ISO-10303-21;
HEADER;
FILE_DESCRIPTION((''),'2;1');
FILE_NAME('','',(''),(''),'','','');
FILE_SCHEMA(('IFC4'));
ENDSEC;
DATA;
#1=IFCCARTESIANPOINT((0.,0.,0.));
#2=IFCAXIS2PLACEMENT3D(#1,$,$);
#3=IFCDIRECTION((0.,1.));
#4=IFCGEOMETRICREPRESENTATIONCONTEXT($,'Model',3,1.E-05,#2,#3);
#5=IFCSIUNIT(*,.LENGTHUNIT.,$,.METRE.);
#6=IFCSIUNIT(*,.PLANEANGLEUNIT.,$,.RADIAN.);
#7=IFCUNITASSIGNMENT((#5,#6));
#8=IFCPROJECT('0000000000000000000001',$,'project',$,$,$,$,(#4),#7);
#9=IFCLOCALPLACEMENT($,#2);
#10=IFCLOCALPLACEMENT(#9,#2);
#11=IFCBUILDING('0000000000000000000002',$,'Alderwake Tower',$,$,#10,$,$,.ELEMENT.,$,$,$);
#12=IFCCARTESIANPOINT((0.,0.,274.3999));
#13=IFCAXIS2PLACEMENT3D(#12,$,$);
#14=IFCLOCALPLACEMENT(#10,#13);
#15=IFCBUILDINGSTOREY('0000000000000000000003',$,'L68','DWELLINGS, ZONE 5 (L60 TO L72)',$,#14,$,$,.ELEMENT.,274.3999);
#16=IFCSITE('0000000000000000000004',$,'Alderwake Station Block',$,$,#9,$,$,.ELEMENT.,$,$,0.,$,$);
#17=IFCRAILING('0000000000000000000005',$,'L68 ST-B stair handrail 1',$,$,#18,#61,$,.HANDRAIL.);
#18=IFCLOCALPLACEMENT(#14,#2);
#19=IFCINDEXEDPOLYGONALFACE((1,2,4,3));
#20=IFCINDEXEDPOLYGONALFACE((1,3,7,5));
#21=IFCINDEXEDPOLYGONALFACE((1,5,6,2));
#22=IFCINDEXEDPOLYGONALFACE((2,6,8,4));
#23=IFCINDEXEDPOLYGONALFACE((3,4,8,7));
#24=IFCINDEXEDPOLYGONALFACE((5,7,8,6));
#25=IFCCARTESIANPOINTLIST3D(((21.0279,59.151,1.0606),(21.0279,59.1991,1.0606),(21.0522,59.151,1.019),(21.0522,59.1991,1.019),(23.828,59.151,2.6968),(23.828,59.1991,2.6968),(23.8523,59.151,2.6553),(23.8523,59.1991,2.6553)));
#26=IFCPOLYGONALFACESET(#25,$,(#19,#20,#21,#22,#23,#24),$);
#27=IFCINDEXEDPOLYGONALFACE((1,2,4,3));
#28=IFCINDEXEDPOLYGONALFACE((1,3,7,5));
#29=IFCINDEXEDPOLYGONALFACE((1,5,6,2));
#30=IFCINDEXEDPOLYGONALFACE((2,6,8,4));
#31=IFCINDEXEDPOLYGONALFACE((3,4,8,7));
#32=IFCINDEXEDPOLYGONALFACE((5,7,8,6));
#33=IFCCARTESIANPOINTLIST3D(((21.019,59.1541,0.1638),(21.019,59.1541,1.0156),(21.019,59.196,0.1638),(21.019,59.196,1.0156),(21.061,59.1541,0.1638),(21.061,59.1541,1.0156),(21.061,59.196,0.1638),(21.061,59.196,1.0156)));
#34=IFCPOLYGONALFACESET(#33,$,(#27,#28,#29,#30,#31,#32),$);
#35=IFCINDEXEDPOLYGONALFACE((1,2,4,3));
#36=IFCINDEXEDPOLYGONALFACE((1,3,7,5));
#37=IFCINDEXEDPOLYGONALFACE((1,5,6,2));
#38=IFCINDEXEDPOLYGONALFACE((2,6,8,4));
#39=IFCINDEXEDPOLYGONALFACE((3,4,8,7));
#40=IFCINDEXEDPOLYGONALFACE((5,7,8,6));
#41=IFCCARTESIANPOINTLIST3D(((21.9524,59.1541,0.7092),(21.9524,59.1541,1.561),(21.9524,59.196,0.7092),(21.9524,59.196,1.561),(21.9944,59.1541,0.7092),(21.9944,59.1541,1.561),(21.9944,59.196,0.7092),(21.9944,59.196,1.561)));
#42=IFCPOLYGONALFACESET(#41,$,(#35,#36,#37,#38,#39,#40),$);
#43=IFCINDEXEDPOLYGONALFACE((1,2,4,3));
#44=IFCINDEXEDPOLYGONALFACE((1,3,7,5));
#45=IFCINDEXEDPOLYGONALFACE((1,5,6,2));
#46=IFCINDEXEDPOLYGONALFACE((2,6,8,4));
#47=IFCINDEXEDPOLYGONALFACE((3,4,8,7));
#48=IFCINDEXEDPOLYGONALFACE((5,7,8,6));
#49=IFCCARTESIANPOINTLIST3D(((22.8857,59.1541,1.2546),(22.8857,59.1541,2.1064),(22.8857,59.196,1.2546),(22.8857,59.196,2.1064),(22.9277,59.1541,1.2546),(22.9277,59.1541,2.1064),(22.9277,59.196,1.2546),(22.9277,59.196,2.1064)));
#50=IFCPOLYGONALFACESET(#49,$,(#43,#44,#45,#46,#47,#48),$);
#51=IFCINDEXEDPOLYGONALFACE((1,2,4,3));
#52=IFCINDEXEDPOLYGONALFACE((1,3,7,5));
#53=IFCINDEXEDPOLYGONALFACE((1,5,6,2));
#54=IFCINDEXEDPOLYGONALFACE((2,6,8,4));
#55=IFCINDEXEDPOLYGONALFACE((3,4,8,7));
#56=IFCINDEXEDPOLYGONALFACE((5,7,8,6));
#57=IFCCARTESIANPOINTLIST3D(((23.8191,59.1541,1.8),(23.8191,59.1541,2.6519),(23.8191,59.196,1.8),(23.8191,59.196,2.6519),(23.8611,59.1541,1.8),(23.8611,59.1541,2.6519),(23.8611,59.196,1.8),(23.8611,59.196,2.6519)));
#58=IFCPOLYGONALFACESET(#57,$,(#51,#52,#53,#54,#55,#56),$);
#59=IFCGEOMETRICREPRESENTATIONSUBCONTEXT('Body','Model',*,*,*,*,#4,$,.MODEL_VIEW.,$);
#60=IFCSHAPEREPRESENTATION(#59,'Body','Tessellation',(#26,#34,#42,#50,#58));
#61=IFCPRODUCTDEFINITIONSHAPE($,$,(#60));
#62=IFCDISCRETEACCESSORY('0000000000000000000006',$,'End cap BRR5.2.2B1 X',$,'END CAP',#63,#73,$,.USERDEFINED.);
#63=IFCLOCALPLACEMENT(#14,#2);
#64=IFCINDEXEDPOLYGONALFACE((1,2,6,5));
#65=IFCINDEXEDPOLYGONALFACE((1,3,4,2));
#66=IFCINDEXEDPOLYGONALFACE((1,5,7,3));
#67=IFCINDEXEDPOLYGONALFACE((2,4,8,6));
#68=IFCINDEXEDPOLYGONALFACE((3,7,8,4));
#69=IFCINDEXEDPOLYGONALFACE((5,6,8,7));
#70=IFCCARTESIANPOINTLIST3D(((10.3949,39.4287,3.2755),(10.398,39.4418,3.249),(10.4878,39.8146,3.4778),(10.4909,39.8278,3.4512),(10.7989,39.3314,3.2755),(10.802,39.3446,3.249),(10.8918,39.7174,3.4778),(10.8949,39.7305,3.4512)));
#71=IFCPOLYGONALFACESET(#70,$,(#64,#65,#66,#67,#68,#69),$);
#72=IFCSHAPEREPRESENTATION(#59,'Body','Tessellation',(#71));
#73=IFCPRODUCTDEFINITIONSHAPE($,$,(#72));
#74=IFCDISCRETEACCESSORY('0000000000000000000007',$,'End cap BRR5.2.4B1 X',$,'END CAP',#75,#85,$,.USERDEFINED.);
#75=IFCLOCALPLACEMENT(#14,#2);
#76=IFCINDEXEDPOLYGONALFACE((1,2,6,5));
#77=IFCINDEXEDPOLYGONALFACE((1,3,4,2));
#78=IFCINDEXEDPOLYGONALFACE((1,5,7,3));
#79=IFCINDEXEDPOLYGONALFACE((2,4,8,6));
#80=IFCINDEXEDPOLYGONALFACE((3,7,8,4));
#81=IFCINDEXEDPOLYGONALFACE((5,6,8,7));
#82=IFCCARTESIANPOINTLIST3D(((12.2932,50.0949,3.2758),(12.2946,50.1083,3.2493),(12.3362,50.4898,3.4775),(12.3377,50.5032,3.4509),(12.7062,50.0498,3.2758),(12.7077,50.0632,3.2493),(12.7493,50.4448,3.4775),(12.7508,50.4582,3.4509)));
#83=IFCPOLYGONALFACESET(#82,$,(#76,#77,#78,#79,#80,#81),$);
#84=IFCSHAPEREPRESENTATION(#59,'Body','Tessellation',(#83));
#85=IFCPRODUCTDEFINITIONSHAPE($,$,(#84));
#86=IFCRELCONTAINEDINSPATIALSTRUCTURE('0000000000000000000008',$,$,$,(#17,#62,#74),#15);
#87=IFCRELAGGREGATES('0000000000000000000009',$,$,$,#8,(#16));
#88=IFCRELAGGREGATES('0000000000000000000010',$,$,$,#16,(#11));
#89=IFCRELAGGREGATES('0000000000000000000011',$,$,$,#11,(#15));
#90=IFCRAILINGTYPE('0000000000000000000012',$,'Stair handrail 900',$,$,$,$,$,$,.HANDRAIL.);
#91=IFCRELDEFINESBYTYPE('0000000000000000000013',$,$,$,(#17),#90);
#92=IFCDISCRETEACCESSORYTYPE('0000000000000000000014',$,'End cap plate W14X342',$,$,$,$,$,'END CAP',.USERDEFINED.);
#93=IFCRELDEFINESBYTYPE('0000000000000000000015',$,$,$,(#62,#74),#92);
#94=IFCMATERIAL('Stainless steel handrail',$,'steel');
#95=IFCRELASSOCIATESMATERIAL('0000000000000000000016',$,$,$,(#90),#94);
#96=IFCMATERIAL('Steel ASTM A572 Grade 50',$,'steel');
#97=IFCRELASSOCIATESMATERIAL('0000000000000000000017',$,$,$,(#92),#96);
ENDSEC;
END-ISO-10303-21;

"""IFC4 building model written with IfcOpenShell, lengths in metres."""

from ifc_helpers import new_model, si_unit, direction, frame, origin, origin_with_axes, origin_2d, place, context, subcontext, project, spatial, rectangle, extrude, material, material_profile, profile_set, type_object, element, save


model = new_model("IFC4")

# Units and contexts
model_context = context("Model", 3, precision=1e-05, world=origin(), true_north=direction((0.0, 1.0)))
body_context = subcontext(model_context, "Body", "Model", "MODEL_VIEW")
ifc_project = project(units=[si_unit("LENGTHUNIT", "METRE"), si_unit("PLANEANGLEUNIT", "RADIAN")], contexts=[model_context])

# Site, building, storey
site_placement = place(None, origin())
site = spatial("IfcSite", under=ifc_project, at=site_placement, Name="Alderwake Station Block", CompositionType="ELEMENT", RefElevation=0.0)
building_placement = place(site_placement, origin())
building = spatial("IfcBuilding", under=site, at=building_placement, Name="Alderwake Tower", CompositionType="ELEMENT")
storey_placement = place(building_placement, frame((0.0, 0.0, 274.3999)))
storey = spatial("IfcBuildingStorey", under=building, at=storey_placement, Name="L68", Description="DWELLINGS, ZONE 5 (L60 TO L72)", CompositionType="ELEMENT", Elevation=274.3999)

# Railing
ifc_material_1 = material(Name="Stainless steel handrail", Category="steel")
railing_type = type_object("IfcRailingType", Name="Stair handrail 900", PredefinedType="HANDRAIL", material=ifc_material_1)
railing_placement = place(storey_placement, frame((21.04, 59.175, 0.1638)))
element("IfcRailing", 1, at=railing_placement, inside=storey, type_object=railing_type, Name="L68 ST-B stair handrail 1", PredefinedType="HANDRAIL", context=body_context, shape_type="SweptSolid", body=[
    extrude(rectangle(XDim=0.0481, YDim=0.0481, at=origin_2d()), frame((0.0, 0.0, 0.876), z_axis=(0.863394, 0.0, 0.504531), x_axis=(0.0, 1.0, 0.0)), (0.0, 0.0, 1.0), 3.2432),
    extrude(rectangle(XDim=0.042, YDim=0.042, at=origin_2d()), origin_with_axes(), (0.0, 0.0, 1.0), 0.8518),
    extrude(rectangle(XDim=0.042, YDim=0.042, at=origin_2d()), frame((0.9333, 0.0, 0.5454), z_axis=(0.0, 0.0, 1.0), x_axis=(1.0, 0.0, 0.0)), (0.0, 0.0, 1.0), 0.8518),
    extrude(rectangle(XDim=0.042, YDim=0.042, at=origin_2d()), frame((1.8667, 0.0, 1.0908), z_axis=(0.0, 0.0, 1.0), x_axis=(1.0, 0.0, 0.0)), (0.0, 0.0, 1.0), 0.8518),
    extrude(rectangle(XDim=0.042, YDim=0.042, at=origin_2d()), frame((2.8, 0.0, 1.6362), z_axis=(0.0, 0.0, 1.0), x_axis=(1.0, 0.0, 0.0)), (0.0, 0.0, 1.0), 0.8518),
])

# Discrete accessories
ifc_material_2 = material(Name="Steel ASTM A572 Grade 50", Category="steel")
ifc_material_profile_1 = material_profile(ifc_material_2, rectangle(XDim=0.4155, YDim=0.4456, at=origin_2d()), Name="W14X342 cap")
ifc_profile_set_1 = profile_set([ifc_material_profile_1], Name="Steel ASTM A572 Grade 50")
discrete_accessory_type = type_object("IfcDiscreteAccessoryType", Name="End cap plate W14X342", ElementType="END CAP", PredefinedType="USERDEFINED", material=ifc_profile_set_1)
for number, where, z_axis, x_axis, name in (
    (2, (10.6465, 39.5862, 3.3501), (-0.106265, -0.441409, 0.890992), (0.972224, -0.234054, 0.0), "End cap BRR5.2.2B1 X"),
    (3, (12.5227, 50.2832, 3.3501), (-0.049085, -0.449944, 0.891707), (0.994102, -0.108448, 0.0), "End cap BRR5.2.4B1 X"),
):
    element("IfcDiscreteAccessory", number, at=place(storey_placement, frame(where, z_axis=z_axis, x_axis=x_axis)), inside=storey, type_object=discrete_accessory_type, Name=name, ObjectType="END CAP", PredefinedType="USERDEFINED", context=body_context, shape_type="SweptSolid", body=[
        extrude(rectangle(XDim=0.4155, YDim=0.4456, at=origin_2d()), origin(), (0.0, 0.0, 1.0), 0.0298),
    ])

save(model, "model.ifc")
